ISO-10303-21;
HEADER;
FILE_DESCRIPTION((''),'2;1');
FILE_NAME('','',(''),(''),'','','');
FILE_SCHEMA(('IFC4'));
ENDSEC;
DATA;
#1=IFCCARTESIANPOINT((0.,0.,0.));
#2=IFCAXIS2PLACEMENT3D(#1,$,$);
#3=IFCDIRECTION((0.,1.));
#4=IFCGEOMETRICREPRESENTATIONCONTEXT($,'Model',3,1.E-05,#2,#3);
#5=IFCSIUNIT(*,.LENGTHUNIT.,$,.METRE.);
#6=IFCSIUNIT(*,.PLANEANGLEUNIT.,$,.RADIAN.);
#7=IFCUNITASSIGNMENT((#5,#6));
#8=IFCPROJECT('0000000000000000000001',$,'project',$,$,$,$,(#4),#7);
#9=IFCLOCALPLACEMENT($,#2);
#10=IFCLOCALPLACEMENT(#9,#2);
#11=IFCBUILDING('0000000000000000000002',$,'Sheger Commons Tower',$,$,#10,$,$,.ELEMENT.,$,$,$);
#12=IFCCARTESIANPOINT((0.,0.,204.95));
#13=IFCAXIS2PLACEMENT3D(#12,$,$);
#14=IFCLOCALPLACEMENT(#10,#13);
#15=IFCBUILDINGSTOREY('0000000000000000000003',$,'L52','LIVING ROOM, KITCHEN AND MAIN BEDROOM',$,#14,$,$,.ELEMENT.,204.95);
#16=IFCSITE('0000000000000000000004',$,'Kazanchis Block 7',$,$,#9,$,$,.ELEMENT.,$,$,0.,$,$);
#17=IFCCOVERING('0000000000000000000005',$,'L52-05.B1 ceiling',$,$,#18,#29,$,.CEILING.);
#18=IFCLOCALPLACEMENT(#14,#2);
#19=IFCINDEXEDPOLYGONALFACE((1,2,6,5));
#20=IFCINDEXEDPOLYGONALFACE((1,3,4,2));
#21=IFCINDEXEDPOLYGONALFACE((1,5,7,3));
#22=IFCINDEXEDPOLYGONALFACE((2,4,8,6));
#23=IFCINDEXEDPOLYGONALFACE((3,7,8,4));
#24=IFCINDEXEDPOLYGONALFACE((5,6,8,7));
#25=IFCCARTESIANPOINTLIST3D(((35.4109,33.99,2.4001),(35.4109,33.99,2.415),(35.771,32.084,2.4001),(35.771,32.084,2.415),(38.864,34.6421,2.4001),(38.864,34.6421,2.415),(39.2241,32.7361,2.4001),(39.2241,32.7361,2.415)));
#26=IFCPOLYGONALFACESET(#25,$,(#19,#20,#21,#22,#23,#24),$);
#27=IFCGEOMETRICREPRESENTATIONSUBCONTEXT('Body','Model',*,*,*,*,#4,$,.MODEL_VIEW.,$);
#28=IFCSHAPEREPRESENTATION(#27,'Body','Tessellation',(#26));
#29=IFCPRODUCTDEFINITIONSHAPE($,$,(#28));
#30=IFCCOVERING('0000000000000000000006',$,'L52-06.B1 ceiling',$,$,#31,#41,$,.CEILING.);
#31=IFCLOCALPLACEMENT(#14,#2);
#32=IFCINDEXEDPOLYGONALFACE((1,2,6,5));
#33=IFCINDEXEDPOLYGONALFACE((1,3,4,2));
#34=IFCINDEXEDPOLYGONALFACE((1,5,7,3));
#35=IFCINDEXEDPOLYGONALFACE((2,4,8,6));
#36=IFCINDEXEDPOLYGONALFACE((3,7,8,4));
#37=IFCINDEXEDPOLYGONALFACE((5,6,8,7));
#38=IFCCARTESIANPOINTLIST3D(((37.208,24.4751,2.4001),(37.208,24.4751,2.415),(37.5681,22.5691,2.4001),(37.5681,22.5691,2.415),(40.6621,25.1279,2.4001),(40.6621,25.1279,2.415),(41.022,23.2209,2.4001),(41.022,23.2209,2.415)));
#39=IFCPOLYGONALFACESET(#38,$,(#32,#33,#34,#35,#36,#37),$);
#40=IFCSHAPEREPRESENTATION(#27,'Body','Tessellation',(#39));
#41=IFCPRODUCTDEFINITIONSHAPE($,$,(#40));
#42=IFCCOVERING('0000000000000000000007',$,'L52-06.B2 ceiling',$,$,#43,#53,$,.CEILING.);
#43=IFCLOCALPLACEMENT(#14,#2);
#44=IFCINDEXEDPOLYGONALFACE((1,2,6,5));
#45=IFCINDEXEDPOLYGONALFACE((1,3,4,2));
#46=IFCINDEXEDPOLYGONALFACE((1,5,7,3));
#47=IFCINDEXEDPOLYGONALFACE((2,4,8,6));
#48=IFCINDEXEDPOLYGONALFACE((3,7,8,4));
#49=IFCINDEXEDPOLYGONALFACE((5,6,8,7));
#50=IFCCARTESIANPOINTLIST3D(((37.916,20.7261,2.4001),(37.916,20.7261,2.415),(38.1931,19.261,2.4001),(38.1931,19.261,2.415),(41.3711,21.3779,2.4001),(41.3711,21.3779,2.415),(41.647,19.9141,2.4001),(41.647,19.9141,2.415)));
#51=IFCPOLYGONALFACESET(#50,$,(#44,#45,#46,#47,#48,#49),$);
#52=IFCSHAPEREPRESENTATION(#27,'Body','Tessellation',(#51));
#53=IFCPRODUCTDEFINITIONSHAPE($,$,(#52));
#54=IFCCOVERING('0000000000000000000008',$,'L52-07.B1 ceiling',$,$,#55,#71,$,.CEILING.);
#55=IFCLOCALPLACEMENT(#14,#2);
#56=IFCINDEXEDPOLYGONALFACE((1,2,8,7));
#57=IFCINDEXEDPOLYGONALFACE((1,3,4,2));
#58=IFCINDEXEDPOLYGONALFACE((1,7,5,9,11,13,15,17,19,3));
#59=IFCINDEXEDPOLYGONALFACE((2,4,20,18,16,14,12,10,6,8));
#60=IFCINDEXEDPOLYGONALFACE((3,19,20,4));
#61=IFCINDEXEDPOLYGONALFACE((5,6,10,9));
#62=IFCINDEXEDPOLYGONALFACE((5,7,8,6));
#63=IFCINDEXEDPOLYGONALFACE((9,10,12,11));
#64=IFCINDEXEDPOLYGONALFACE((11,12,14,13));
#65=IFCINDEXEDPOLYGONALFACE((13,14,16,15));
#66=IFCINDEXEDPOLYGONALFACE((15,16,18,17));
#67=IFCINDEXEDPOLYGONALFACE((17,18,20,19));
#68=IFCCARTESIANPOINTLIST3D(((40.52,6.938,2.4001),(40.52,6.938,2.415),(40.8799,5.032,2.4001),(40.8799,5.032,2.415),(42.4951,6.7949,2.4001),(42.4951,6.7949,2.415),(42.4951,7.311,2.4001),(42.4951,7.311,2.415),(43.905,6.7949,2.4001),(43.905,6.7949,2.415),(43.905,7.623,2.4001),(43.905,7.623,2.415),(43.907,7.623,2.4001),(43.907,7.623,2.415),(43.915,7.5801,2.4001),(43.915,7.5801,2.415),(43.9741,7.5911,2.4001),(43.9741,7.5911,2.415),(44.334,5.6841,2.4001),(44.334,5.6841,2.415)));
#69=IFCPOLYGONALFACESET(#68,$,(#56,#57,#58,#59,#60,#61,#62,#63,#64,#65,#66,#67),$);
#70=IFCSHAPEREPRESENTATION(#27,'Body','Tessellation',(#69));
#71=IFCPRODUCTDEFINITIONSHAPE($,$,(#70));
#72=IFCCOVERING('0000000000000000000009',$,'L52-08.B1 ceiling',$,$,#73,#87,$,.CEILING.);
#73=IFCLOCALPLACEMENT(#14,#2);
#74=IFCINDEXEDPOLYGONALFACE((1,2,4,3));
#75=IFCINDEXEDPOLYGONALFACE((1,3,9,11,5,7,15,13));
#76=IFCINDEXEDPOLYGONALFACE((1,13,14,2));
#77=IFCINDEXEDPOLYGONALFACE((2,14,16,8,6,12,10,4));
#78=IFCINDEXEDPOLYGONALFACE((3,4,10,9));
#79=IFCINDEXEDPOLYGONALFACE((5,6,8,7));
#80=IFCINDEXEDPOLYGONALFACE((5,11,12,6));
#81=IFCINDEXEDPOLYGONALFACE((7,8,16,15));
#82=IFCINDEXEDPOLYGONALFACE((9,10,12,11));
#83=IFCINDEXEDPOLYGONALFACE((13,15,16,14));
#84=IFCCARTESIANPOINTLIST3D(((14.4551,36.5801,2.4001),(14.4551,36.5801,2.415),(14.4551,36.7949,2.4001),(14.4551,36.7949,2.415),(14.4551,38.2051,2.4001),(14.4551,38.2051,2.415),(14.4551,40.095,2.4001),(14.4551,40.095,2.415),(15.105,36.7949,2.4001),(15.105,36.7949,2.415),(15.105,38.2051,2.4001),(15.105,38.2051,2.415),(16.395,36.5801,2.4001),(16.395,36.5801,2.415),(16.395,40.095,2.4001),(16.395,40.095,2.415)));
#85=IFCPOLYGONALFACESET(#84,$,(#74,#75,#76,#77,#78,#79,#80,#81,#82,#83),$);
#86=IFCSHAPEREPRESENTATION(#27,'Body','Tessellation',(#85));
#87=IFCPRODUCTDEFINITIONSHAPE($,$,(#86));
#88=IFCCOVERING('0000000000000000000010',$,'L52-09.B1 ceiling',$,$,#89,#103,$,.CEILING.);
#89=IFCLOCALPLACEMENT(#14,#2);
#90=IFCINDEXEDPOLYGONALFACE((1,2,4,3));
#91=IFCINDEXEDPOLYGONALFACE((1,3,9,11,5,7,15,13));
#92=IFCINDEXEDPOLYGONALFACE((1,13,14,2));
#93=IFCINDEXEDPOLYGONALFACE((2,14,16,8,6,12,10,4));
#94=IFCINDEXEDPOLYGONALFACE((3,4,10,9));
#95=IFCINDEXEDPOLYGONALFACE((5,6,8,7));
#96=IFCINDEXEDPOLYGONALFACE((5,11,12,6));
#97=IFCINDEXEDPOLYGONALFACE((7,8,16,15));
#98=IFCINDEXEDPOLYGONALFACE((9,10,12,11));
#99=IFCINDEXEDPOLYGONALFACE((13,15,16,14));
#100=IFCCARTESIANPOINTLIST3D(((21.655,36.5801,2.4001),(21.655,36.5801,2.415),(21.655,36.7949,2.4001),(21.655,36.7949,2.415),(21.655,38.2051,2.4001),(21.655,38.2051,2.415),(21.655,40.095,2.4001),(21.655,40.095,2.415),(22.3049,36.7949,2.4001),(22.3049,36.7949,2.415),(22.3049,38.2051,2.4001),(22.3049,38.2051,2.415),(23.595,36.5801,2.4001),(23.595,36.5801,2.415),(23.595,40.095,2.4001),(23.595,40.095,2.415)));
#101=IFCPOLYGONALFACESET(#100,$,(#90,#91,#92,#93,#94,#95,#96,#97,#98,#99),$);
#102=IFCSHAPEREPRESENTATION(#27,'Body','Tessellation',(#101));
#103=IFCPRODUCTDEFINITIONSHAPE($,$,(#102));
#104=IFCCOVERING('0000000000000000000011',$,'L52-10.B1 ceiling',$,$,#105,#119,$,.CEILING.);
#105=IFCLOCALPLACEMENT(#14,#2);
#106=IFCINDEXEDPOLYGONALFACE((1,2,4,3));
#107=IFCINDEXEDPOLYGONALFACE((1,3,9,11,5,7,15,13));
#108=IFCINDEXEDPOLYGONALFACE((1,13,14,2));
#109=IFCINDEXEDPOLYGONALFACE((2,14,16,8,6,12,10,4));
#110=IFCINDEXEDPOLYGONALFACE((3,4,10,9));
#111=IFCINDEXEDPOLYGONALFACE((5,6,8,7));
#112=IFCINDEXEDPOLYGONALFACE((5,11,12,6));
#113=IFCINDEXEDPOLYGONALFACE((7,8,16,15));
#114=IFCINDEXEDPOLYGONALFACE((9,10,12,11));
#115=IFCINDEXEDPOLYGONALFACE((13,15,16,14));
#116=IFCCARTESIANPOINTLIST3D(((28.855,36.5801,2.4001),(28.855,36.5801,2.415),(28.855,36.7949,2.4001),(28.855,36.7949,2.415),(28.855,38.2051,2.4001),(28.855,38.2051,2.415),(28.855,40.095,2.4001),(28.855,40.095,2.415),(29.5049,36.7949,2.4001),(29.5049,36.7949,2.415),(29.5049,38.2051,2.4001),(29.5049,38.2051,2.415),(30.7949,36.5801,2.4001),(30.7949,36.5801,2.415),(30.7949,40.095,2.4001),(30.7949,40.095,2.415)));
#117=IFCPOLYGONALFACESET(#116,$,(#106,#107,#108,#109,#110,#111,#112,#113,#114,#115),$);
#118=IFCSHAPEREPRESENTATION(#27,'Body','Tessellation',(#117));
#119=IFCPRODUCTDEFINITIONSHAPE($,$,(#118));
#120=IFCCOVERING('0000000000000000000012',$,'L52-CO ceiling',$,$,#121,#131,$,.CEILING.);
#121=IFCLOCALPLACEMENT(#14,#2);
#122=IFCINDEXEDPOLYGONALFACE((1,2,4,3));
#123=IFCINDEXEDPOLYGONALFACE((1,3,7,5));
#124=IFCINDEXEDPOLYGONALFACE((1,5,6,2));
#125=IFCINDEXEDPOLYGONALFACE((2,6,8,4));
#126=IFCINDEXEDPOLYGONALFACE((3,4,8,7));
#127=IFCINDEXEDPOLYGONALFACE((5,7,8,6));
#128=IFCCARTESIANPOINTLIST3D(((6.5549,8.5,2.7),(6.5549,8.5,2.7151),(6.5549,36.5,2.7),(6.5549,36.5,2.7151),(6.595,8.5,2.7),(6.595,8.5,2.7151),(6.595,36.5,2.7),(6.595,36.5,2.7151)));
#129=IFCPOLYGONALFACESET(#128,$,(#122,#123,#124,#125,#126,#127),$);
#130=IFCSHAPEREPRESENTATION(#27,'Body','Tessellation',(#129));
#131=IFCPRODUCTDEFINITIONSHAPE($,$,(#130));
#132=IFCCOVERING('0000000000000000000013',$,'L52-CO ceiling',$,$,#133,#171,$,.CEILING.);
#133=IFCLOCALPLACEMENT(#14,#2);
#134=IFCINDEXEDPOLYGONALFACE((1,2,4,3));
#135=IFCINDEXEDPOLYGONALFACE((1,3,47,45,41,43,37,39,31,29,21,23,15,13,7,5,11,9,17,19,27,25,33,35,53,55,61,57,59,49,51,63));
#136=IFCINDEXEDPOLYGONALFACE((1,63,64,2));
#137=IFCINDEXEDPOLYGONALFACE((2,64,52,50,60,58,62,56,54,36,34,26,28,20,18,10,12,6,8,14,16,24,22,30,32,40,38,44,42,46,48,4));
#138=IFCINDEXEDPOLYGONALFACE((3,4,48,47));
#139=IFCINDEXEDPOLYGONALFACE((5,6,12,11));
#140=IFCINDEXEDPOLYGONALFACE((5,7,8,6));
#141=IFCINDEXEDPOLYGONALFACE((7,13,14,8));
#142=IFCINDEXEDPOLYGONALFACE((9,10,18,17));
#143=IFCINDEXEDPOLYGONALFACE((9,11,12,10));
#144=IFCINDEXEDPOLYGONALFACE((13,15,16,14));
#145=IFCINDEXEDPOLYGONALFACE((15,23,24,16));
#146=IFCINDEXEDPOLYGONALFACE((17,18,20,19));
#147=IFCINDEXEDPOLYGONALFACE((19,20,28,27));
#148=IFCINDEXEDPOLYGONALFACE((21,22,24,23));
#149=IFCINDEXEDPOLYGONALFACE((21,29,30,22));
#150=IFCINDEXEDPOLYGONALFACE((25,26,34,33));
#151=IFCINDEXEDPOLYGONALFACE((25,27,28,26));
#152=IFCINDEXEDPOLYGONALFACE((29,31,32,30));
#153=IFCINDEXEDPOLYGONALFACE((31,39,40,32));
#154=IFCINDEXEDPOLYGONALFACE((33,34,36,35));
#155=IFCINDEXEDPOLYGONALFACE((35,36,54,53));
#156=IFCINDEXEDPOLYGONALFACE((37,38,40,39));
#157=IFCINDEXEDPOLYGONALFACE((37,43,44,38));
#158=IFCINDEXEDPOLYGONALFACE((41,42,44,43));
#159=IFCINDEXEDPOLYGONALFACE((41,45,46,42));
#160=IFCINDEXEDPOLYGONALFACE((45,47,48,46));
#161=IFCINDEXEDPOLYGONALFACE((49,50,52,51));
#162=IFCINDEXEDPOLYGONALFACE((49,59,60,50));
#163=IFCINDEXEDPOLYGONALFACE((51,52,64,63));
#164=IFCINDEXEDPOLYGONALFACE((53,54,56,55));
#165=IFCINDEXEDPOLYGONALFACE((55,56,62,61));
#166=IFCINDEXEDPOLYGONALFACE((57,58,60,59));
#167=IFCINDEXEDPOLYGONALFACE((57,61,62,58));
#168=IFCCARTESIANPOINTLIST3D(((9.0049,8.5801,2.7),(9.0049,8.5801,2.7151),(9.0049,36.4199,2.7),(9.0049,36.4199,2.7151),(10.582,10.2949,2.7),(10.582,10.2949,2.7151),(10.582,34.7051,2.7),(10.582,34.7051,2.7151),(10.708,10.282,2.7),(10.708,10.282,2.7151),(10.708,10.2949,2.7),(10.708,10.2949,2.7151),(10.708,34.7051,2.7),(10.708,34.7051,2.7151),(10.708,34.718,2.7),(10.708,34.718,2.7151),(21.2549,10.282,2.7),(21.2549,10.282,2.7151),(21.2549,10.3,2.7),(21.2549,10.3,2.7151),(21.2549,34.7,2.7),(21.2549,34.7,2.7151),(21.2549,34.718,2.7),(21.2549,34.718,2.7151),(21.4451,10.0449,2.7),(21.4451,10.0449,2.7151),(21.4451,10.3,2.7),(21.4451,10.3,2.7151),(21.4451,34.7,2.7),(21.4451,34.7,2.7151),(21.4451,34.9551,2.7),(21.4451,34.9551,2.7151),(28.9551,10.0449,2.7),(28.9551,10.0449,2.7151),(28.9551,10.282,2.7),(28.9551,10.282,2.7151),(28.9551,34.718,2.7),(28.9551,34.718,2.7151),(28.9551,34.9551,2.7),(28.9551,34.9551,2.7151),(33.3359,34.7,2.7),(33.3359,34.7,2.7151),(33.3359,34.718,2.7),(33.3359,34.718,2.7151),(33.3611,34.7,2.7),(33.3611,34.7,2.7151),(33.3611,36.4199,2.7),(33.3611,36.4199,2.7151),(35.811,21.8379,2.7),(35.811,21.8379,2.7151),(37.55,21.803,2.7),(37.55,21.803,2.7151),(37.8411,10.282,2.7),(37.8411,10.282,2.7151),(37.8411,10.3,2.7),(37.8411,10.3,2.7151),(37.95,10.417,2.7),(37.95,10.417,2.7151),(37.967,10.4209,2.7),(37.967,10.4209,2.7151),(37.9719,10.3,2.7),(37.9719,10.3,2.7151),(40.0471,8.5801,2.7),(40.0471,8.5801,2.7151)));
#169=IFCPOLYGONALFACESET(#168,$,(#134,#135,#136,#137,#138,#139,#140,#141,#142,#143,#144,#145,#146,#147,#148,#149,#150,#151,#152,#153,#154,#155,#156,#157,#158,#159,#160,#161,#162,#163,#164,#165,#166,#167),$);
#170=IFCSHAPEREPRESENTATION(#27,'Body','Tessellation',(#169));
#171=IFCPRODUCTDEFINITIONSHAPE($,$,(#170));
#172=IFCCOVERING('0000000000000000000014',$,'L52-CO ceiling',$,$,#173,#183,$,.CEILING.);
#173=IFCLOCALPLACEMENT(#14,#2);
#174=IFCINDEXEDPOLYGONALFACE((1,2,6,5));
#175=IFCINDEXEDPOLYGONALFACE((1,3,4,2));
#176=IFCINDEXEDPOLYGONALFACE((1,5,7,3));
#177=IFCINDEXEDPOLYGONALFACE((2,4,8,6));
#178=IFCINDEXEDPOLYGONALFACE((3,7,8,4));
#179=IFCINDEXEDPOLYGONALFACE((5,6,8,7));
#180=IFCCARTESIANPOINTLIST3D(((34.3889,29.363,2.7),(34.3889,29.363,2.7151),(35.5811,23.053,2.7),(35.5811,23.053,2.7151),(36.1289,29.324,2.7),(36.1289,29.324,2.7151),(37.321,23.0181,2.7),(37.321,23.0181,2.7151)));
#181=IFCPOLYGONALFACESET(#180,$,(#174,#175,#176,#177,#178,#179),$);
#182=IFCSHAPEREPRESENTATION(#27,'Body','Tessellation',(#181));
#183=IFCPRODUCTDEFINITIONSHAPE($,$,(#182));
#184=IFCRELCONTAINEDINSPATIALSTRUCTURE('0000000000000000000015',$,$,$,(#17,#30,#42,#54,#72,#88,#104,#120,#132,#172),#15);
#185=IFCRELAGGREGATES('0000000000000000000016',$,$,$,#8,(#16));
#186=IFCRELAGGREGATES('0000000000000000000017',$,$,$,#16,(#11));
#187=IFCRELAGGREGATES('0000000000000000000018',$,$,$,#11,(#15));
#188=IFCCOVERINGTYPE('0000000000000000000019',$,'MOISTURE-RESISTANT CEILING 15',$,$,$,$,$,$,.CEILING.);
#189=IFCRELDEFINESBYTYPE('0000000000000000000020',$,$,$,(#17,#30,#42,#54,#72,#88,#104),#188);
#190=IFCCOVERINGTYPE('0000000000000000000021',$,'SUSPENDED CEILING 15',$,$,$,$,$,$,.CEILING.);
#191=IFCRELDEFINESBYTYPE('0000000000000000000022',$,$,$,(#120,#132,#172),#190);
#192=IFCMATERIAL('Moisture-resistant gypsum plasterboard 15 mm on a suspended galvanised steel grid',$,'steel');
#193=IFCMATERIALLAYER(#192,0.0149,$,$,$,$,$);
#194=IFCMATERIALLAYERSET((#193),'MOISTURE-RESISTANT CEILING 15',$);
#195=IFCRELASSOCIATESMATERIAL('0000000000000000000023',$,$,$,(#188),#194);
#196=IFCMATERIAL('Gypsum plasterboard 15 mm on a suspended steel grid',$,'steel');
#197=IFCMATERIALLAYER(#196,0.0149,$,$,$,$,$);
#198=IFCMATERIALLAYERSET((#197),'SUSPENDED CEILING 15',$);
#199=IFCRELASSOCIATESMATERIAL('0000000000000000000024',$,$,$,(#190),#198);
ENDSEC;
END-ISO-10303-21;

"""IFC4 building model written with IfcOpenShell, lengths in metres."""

from ifc_helpers import new_model, si_unit, direction, frame, origin, place, context, subcontext, project, spatial, polyline, outline, extrude, material, layer, layer_set, type_object, element, save


model = new_model("IFC4")

# Units and contexts
model_context = context("Model", 3, precision=1e-05, world=origin(), true_north=direction((0.0, 1.0)))
body_context = subcontext(model_context, "Body", "Model", "MODEL_VIEW")
ifc_project = project(units=[si_unit("LENGTHUNIT", "METRE"), si_unit("PLANEANGLEUNIT", "RADIAN")], contexts=[model_context])

# Site, building, storey
site_placement = place(None, origin())
site = spatial("IfcSite", under=ifc_project, at=site_placement, Name="Kazanchis Block 7", CompositionType="ELEMENT", RefElevation=0.0)
building_placement = place(site_placement, origin())
building = spatial("IfcBuilding", under=site, at=building_placement, Name="Sheger Commons Tower", CompositionType="ELEMENT")
storey_placement = place(building_placement, frame((0.0, 0.0, 204.95)))
storey = spatial("IfcBuildingStorey", under=building, at=storey_placement, Name="L52", Description="LIVING ROOM, KITCHEN AND MAIN BEDROOM", CompositionType="ELEMENT", Elevation=204.95)

# Coverings
ifc_material_1 = material(Name="Moisture-resistant gypsum plasterboard 15 mm on a suspended galvanised steel grid", Category="steel")
ifc_layer_1 = layer(ifc_material_1, 0.0149)
ifc_layer_set_1 = layer_set([ifc_layer_1], Name="MOISTURE-RESISTANT CEILING 15")
covering_type_1 = type_object("IfcCoveringType", Name="MOISTURE-RESISTANT CEILING 15", PredefinedType="CEILING", material=ifc_layer_set_1)
covering_1_placement = place(storey_placement, frame((0.0, 0.0, 2.4001)))
element("IfcCovering", 1, at=covering_1_placement, inside=storey, type_object=covering_type_1, Name="L52-05.B1 ceiling", PredefinedType="CEILING", context=body_context, shape_type="SweptSolid", body=[
    extrude(outline(polyline([(35.771, 32.084), (39.2241, 32.7361), (38.864, 34.6421), (35.4109, 33.99), (35.771, 32.084)])), origin(), (0.0, 0.0, 1.0), 0.0149),
])
covering_2_placement = place(storey_placement, frame((0.0, 0.0, 2.4001)))
element("IfcCovering", 2, at=covering_2_placement, inside=storey, type_object=covering_type_1, Name="L52-06.B1 ceiling", PredefinedType="CEILING", context=body_context, shape_type="SweptSolid", body=[
    extrude(outline(polyline([(37.5681, 22.5691), (41.022, 23.2209), (40.6621, 25.1279), (37.208, 24.4751), (37.5681, 22.5691)])), origin(), (0.0, 0.0, 1.0), 0.0149),
])
covering_3_placement = place(storey_placement, frame((0.0, 0.0, 2.4001)))
element("IfcCovering", 3, at=covering_3_placement, inside=storey, type_object=covering_type_1, Name="L52-06.B2 ceiling", PredefinedType="CEILING", context=body_context, shape_type="SweptSolid", body=[
    extrude(outline(polyline([(38.1931, 19.261), (41.647, 19.9141), (41.3711, 21.3779), (37.916, 20.7261), (38.1931, 19.261)])), origin(), (0.0, 0.0, 1.0), 0.0149),
])
covering_4_placement = place(storey_placement, frame((0.0, 0.0, 2.4001)))
element("IfcCovering", 4, at=covering_4_placement, inside=storey, type_object=covering_type_1, Name="L52-07.B1 ceiling", PredefinedType="CEILING", context=body_context, shape_type="SweptSolid", body=[
    extrude(outline(polyline([(40.8799, 5.032), (44.334, 5.6841), (43.9741, 7.5911), (43.915, 7.5801), (43.907, 7.623), (43.905, 7.623), (43.905, 6.7949), (42.4951, 6.7949), (42.4951, 7.311), (40.52, 6.938), (40.8799, 5.032)])), origin(), (0.0, 0.0, 1.0), 0.0149),
])
covering_5_placement = place(storey_placement, frame((0.0, 0.0, 2.4001)))
element("IfcCovering", 5, at=covering_5_placement, inside=storey, type_object=covering_type_1, Name="L52-08.B1 ceiling", PredefinedType="CEILING", context=body_context, shape_type="SweptSolid", body=[
    extrude(outline(polyline([(14.4551, 36.5801), (16.395, 36.5801), (16.395, 40.095), (14.4551, 40.095), (14.4551, 38.2051), (15.105, 38.2051), (15.105, 36.7949), (14.4551, 36.7949), (14.4551, 36.5801)])), origin(), (0.0, 0.0, 1.0), 0.0149),
])
covering_6_placement = place(storey_placement, frame((0.0, 0.0, 2.4001)))
element("IfcCovering", 6, at=covering_6_placement, inside=storey, type_object=covering_type_1, Name="L52-09.B1 ceiling", PredefinedType="CEILING", context=body_context, shape_type="SweptSolid", body=[
    extrude(outline(polyline([(21.655, 36.5801), (23.595, 36.5801), (23.595, 40.095), (21.655, 40.095), (21.655, 38.2051), (22.3049, 38.2051), (22.3049, 36.7949), (21.655, 36.7949), (21.655, 36.5801)])), origin(), (0.0, 0.0, 1.0), 0.0149),
])
covering_7_placement = place(storey_placement, frame((0.0, 0.0, 2.4001)))
element("IfcCovering", 7, at=covering_7_placement, inside=storey, type_object=covering_type_1, Name="L52-10.B1 ceiling", PredefinedType="CEILING", context=body_context, shape_type="SweptSolid", body=[
    extrude(outline(polyline([(28.855, 36.5801), (30.7949, 36.5801), (30.7949, 40.095), (28.855, 40.095), (28.855, 38.2051), (29.5049, 38.2051), (29.5049, 36.7949), (28.855, 36.7949), (28.855, 36.5801)])), origin(), (0.0, 0.0, 1.0), 0.0149),
])
ifc_material_2 = material(Name="Gypsum plasterboard 15 mm on a suspended steel grid", Category="steel")
ifc_layer_2 = layer(ifc_material_2, 0.0149)
ifc_layer_set_2 = layer_set([ifc_layer_2], Name="SUSPENDED CEILING 15")
covering_type_2 = type_object("IfcCoveringType", Name="SUSPENDED CEILING 15", PredefinedType="CEILING", material=ifc_layer_set_2)
covering_8_placement = place(storey_placement, frame((0.0, 0.0, 2.7)))
element("IfcCovering", 8, at=covering_8_placement, inside=storey, type_object=covering_type_2, Name="L52-CO ceiling", PredefinedType="CEILING", context=body_context, shape_type="SweptSolid", body=[
    extrude(outline(polyline([(6.5549, 8.5), (6.595, 8.5), (6.595, 36.5), (6.5549, 36.5), (6.5549, 8.5)])), origin(), (0.0, 0.0, 1.0), 0.0151),
])
covering_9_placement = place(storey_placement, frame((0.0, 0.0, 2.7)))
element("IfcCovering", 9, at=covering_9_placement, inside=storey, type_object=covering_type_2, Name="L52-CO ceiling", PredefinedType="CEILING", context=body_context, shape_type="SweptSolid", body=[
    extrude(outline(polyline([(9.0049, 8.5801), (40.0471, 8.5801), (37.55, 21.803), (35.811, 21.8379), (37.967, 10.4209), (37.95, 10.417), (37.9719, 10.3), (37.8411, 10.3), (37.8411, 10.282), (28.9551, 10.282), (28.9551, 10.0449), (21.4451, 10.0449), (21.4451, 10.3), (21.2549, 10.3), (21.2549, 10.282), (10.708, 10.282), (10.708, 10.2949), (10.582, 10.2949), (10.582, 34.7051), (10.708, 34.7051), (10.708, 34.718), (21.2549, 34.718), (21.2549, 34.7), (21.4451, 34.7), (21.4451, 34.9551), (28.9551, 34.9551), (28.9551, 34.718), (33.3359, 34.718), (33.3359, 34.7), (33.3611, 34.7), (33.3611, 36.4199), (9.0049, 36.4199), (9.0049, 8.5801)])), origin(), (0.0, 0.0, 1.0), 0.0151),
])
covering_10_placement = place(storey_placement, frame((0.0, 0.0, 2.7)))
element("IfcCovering", 10, at=covering_10_placement, inside=storey, type_object=covering_type_2, Name="L52-CO ceiling", PredefinedType="CEILING", context=body_context, shape_type="SweptSolid", body=[
    extrude(outline(polyline([(37.321, 23.0181), (36.1289, 29.324), (34.3889, 29.363), (35.5811, 23.053), (37.321, 23.0181)])), origin(), (0.0, 0.0, 1.0), 0.0151),
])

save(model, "model.ifc")
